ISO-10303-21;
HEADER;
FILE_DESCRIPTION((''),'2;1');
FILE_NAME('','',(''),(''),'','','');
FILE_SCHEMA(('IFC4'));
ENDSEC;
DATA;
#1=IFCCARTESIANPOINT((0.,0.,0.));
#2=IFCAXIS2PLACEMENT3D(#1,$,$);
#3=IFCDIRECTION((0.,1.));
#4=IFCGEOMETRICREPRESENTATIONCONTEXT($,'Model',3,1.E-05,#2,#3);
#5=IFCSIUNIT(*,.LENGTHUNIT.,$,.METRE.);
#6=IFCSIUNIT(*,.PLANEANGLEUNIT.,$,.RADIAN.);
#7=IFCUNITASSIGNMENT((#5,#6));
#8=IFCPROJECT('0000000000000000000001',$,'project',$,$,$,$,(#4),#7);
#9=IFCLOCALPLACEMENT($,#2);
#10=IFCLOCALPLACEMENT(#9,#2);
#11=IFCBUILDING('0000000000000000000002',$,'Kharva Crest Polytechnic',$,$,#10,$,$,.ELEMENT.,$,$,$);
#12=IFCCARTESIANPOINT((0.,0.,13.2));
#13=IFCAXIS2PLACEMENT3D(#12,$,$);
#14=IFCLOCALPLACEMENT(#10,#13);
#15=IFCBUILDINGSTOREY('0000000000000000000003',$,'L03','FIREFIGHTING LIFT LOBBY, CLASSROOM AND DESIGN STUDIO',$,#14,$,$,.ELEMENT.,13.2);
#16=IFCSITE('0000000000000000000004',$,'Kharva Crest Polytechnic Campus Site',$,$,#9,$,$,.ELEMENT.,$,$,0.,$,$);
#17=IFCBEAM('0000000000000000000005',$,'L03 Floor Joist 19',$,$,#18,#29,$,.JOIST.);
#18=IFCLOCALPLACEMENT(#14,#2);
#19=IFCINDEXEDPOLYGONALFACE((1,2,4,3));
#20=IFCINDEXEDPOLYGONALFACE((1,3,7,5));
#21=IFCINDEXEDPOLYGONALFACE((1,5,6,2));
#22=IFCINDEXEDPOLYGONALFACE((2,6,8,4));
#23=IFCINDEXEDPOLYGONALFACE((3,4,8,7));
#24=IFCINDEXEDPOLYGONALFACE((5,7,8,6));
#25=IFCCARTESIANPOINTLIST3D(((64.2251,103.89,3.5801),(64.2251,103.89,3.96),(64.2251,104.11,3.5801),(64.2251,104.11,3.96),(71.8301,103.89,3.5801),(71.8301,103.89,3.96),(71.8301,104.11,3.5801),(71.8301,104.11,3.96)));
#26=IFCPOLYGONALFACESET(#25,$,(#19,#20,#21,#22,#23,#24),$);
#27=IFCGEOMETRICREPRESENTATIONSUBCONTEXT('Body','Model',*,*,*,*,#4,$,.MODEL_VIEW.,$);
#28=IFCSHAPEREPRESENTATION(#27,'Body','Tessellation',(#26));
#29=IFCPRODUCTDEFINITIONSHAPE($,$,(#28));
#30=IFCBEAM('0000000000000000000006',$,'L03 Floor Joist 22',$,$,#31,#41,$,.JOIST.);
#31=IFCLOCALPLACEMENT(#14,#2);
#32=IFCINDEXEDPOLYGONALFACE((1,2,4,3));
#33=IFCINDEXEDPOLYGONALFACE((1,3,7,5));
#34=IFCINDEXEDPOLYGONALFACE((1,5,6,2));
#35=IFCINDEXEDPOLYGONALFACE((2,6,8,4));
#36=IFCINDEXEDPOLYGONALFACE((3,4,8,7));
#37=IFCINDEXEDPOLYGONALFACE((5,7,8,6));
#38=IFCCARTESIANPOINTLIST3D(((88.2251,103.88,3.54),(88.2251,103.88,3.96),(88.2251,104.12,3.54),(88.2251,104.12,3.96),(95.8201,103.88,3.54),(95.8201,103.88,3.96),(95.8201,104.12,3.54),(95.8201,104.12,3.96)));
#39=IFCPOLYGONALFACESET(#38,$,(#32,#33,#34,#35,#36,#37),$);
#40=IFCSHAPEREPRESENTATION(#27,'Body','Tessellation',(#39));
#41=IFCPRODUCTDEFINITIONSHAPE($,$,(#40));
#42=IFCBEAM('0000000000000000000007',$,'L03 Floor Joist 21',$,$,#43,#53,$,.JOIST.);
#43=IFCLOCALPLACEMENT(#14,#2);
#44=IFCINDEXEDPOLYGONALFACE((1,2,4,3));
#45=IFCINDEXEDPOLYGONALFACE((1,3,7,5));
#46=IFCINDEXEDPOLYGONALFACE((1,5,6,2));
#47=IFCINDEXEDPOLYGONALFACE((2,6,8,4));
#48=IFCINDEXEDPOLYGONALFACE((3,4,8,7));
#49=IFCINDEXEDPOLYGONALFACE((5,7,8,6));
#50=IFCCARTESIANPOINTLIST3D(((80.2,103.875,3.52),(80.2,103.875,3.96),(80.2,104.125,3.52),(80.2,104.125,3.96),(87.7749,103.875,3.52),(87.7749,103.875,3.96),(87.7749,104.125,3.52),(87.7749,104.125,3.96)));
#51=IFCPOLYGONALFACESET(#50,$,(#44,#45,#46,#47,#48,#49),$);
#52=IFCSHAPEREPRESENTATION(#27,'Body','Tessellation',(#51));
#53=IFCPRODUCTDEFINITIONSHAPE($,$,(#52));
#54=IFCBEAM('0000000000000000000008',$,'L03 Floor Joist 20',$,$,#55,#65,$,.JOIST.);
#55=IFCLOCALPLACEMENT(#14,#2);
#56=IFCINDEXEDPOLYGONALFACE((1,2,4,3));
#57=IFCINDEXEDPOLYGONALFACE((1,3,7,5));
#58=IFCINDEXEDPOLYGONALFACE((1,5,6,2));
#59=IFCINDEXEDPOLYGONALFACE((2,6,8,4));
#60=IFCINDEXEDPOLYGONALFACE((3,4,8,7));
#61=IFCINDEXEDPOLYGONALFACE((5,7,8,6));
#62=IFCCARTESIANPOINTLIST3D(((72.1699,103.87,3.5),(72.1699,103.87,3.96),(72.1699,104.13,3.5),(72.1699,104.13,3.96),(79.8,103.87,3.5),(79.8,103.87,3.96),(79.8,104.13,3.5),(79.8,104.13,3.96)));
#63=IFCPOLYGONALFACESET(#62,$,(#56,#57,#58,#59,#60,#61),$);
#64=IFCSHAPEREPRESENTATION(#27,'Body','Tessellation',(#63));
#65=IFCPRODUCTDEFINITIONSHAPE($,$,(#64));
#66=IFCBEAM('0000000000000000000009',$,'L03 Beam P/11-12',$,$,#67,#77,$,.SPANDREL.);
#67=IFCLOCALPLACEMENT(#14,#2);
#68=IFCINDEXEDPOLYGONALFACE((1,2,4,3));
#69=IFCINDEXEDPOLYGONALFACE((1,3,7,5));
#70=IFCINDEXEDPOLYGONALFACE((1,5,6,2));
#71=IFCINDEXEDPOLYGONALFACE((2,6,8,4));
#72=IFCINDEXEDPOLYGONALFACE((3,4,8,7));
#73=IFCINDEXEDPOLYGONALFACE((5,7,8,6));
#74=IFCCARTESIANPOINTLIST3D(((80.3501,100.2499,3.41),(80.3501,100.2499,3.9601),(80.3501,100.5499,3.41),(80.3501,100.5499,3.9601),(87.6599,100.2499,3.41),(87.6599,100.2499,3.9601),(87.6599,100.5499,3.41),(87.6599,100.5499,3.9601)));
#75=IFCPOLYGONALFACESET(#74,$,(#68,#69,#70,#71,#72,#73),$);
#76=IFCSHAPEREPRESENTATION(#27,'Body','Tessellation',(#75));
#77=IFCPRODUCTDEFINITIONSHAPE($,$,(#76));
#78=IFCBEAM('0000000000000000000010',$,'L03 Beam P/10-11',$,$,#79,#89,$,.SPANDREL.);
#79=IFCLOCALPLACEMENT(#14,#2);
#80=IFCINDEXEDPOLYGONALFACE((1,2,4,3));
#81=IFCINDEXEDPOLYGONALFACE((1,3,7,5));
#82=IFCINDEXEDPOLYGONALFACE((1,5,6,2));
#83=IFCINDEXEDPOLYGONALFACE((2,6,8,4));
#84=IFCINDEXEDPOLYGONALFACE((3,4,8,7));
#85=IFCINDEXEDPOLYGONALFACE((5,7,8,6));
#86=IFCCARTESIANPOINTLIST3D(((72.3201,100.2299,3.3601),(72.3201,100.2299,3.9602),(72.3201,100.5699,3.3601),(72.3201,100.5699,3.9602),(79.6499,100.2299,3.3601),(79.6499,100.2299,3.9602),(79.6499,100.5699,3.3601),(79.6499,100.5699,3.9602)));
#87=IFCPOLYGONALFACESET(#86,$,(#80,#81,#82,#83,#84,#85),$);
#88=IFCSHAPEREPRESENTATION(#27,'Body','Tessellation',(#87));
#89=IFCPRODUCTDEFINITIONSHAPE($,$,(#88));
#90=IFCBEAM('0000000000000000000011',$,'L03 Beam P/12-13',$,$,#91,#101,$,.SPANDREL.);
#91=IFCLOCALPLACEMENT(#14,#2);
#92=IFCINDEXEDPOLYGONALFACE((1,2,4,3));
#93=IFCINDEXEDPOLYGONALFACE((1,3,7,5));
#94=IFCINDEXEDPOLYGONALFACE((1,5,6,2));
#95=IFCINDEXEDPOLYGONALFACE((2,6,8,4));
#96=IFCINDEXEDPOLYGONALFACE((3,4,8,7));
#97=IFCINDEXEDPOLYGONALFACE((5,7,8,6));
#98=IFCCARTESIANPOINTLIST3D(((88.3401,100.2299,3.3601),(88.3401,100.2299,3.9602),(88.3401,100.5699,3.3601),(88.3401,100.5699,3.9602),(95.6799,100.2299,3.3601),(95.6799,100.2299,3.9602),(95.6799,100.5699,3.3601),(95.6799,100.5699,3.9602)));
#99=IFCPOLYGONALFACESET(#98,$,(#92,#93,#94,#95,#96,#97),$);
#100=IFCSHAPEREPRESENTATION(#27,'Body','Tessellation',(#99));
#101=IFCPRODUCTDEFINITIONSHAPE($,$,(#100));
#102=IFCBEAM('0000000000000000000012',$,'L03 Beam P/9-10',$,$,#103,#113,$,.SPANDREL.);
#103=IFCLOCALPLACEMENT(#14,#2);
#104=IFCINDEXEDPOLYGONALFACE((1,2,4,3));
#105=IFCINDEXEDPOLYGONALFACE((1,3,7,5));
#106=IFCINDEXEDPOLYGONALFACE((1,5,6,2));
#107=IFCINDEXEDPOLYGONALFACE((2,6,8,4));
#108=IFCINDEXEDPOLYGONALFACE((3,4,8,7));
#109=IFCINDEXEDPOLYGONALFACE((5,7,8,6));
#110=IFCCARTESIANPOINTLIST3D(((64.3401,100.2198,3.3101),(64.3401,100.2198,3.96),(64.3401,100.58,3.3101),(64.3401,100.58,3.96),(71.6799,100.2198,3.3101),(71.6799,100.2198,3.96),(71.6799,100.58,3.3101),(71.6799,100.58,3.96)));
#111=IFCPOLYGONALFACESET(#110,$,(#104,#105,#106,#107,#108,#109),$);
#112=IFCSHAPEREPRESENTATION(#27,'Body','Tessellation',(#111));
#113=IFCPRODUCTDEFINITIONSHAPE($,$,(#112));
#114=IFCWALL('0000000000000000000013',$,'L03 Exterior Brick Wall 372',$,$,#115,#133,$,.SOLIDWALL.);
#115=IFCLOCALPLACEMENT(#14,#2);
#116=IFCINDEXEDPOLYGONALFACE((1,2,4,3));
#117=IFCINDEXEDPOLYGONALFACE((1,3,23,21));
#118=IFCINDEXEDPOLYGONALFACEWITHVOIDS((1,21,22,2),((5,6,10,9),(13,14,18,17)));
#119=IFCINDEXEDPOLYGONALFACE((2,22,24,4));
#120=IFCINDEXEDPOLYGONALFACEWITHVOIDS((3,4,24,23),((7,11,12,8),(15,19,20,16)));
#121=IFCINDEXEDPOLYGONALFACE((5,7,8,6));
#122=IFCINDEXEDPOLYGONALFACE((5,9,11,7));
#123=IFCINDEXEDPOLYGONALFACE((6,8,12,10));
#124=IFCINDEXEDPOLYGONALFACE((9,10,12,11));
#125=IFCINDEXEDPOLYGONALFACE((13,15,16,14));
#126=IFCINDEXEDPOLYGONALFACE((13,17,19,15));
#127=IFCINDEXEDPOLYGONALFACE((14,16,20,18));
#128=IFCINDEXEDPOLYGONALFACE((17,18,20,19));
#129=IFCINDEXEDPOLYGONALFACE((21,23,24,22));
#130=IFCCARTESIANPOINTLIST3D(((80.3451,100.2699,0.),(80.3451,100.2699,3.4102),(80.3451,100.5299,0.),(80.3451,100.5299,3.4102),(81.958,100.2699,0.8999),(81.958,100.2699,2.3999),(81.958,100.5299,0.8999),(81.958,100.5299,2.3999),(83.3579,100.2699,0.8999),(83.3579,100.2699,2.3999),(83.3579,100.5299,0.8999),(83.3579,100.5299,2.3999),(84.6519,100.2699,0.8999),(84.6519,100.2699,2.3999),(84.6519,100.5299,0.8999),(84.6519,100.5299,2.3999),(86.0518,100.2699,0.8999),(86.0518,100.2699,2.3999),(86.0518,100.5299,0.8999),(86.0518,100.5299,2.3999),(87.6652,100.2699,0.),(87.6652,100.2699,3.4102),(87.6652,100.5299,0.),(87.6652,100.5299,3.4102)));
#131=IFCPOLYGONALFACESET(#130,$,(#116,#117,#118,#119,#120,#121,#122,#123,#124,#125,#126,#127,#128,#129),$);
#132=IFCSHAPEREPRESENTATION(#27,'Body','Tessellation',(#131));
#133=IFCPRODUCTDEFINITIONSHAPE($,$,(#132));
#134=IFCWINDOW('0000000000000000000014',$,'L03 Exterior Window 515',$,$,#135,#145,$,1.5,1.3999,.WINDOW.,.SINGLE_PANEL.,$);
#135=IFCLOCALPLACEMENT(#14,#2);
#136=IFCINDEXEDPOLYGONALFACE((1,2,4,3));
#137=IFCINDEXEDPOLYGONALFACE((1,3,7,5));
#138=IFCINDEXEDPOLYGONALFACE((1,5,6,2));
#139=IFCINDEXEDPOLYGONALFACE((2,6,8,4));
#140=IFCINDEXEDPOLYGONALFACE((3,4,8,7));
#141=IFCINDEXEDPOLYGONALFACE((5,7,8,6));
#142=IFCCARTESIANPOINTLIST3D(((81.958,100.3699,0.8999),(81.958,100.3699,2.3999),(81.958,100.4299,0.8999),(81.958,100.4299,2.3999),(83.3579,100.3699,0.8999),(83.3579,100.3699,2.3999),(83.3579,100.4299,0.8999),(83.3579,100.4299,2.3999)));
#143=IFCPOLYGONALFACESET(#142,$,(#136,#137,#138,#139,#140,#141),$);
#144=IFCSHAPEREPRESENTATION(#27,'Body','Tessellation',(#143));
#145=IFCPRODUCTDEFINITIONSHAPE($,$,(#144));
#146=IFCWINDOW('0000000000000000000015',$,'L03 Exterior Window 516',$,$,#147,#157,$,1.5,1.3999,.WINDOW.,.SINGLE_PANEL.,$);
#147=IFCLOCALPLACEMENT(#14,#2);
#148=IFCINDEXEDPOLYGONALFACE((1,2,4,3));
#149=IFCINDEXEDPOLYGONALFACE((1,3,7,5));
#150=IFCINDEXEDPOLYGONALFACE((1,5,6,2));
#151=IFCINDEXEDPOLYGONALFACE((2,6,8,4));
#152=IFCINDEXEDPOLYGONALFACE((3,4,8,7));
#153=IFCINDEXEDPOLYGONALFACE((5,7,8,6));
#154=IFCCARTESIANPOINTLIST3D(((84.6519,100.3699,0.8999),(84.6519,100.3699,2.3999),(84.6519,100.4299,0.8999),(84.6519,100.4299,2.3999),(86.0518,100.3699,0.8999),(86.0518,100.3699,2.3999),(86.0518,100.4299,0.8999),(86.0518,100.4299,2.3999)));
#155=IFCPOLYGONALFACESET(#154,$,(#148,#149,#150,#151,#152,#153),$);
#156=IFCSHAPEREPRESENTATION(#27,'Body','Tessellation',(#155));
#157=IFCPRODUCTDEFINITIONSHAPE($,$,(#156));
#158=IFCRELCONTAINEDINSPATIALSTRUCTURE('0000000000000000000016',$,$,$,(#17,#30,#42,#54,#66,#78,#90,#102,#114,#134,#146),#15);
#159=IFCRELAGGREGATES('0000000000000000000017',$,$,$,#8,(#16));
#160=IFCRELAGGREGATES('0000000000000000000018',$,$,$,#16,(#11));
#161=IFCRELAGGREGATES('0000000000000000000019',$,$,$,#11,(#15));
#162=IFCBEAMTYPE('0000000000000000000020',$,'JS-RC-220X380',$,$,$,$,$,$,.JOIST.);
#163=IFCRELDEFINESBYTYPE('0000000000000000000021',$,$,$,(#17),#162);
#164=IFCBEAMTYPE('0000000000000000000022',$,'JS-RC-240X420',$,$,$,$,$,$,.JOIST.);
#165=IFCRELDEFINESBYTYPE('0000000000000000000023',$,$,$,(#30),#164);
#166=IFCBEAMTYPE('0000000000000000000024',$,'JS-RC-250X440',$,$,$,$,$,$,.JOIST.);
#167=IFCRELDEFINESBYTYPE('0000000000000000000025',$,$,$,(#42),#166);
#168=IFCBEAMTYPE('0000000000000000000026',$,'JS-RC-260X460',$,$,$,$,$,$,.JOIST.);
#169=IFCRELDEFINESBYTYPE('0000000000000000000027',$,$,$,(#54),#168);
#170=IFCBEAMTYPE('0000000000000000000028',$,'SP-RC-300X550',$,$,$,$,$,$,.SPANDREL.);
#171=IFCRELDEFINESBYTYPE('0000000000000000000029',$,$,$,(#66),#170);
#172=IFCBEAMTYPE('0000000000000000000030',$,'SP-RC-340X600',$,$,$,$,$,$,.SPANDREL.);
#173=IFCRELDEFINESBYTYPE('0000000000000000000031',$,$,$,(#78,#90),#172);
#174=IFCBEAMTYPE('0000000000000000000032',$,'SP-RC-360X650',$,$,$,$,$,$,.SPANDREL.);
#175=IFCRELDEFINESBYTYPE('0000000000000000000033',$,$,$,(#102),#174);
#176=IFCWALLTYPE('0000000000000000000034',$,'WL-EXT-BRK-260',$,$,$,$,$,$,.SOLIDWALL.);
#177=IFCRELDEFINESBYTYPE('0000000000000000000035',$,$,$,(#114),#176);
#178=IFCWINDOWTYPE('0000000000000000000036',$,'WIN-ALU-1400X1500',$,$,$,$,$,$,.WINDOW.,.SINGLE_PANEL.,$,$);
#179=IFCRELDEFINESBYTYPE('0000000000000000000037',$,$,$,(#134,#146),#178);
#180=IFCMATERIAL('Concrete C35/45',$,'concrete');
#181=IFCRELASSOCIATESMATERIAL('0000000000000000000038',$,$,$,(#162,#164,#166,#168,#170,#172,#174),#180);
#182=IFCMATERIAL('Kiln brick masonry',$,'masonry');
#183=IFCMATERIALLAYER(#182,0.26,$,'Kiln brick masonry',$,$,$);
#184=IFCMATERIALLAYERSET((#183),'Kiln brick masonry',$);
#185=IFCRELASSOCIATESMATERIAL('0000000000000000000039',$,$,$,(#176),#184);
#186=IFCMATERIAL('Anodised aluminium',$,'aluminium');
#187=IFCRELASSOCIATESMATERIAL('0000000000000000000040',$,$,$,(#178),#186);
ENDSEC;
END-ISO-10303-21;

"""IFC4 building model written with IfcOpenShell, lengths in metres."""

from ifc_helpers import new_model, si_unit, direction, frame, frame_2d, origin, origin_2d, place, context, subcontext, project, spatial, rectangle, extrude, material, layer, layer_set, material_profile, profile_set, type_object, element, fill, save


model = new_model("IFC4")

# Units and contexts
model_context = context("Model", 3, precision=1e-05, world=origin(), true_north=direction((0.0, 1.0)))
body_context = subcontext(model_context, "Body", "Model", "MODEL_VIEW")
ifc_project = project(units=[si_unit("LENGTHUNIT", "METRE"), si_unit("PLANEANGLEUNIT", "RADIAN")], contexts=[model_context])

# Site, building, storey
site_placement = place(None, origin())
site = spatial("IfcSite", under=ifc_project, at=site_placement, Name="Kharva Crest Polytechnic Campus Site", CompositionType="ELEMENT", RefElevation=0.0)
building_placement = place(site_placement, origin())
building = spatial("IfcBuilding", under=site, at=building_placement, Name="Kharva Crest Polytechnic", CompositionType="ELEMENT")
storey_placement = place(building_placement, frame((0.0, 0.0, 13.2)))
storey = spatial("IfcBuildingStorey", under=building, at=storey_placement, Name="L03", Description="FIREFIGHTING LIFT LOBBY, CLASSROOM AND DESIGN STUDIO", CompositionType="ELEMENT", Elevation=13.2)

# Beams
ifc_material_1 = material(Name="Concrete C35/45", Category="concrete")
ifc_material_profile_1 = material_profile(ifc_material_1, rectangle(XDim=0.22, YDim=0.3799, at=origin_2d()), Name="RECT 220 X 380")
ifc_profile_set_1 = profile_set([ifc_material_profile_1], Name="Concrete C35/45")
beam_type_1 = type_object("IfcBeamType", Name="JS-RC-220X380", PredefinedType="JOIST", material=ifc_profile_set_1)
beam_1_placement = place(storey_placement, frame((64.2251, 104.0, 3.77), z_axis=(1.0, 0.0, 0.0), x_axis=(0.0, 1.0, 0.0)))
element("IfcBeam", 1, at=beam_1_placement, inside=storey, type_object=beam_type_1, Name="L03 Floor Joist 19", PredefinedType="JOIST", context=body_context, shape_type="SweptSolid", body=[
    extrude(rectangle(XDim=0.22, YDim=0.3799, at=origin_2d()), origin(), (0.0, 0.0, 1.0), 7.605),
])
ifc_material_profile_2 = material_profile(ifc_material_1, rectangle(XDim=0.24, YDim=0.4199, at=origin_2d()), Name="RECT 240 X 420")
ifc_profile_set_2 = profile_set([ifc_material_profile_2], Name="Concrete C35/45")
beam_type_2 = type_object("IfcBeamType", Name="JS-RC-240X420", PredefinedType="JOIST", material=ifc_profile_set_2)
beam_2_placement = place(storey_placement, frame((88.2251, 104.0, 3.75), z_axis=(1.0, 0.0, 0.0), x_axis=(0.0, 1.0, 0.0)))
element("IfcBeam", 2, at=beam_2_placement, inside=storey, type_object=beam_type_2, Name="L03 Floor Joist 22", PredefinedType="JOIST", context=body_context, shape_type="SweptSolid", body=[
    extrude(rectangle(XDim=0.24, YDim=0.4199, at=origin_2d()), origin(), (0.0, 0.0, 1.0), 7.595),
])
ifc_material_profile_3 = material_profile(ifc_material_1, rectangle(XDim=0.25, YDim=0.4399, at=origin_2d()), Name="RECT 250 X 440")
ifc_profile_set_3 = profile_set([ifc_material_profile_3], Name="Concrete C35/45")
beam_type_3 = type_object("IfcBeamType", Name="JS-RC-250X440", PredefinedType="JOIST", material=ifc_profile_set_3)
beam_3_placement = place(storey_placement, frame((80.2, 104.0, 3.74), z_axis=(1.0, 0.0, 0.0), x_axis=(0.0, 1.0, 0.0)))
element("IfcBeam", 3, at=beam_3_placement, inside=storey, type_object=beam_type_3, Name="L03 Floor Joist 21", PredefinedType="JOIST", context=body_context, shape_type="SweptSolid", body=[
    extrude(rectangle(XDim=0.25, YDim=0.4399, at=origin_2d()), origin(), (0.0, 0.0, 1.0), 7.575),
])
ifc_material_profile_4 = material_profile(ifc_material_1, rectangle(XDim=0.26, YDim=0.46, at=origin_2d()), Name="RECT 260 X 460")
ifc_profile_set_4 = profile_set([ifc_material_profile_4], Name="Concrete C35/45")
beam_type_4 = type_object("IfcBeamType", Name="JS-RC-260X460", PredefinedType="JOIST", material=ifc_profile_set_4)
beam_4_placement = place(storey_placement, frame((72.1699, 104.0, 3.73), z_axis=(1.0, 0.0, 0.0), x_axis=(0.0, 1.0, 0.0)))
element("IfcBeam", 4, at=beam_4_placement, inside=storey, type_object=beam_type_4, Name="L03 Floor Joist 20", PredefinedType="JOIST", context=body_context, shape_type="SweptSolid", body=[
    extrude(rectangle(XDim=0.26, YDim=0.46, at=origin_2d()), origin(), (0.0, 0.0, 1.0), 7.6301),
])
ifc_material_profile_5 = material_profile(ifc_material_1, rectangle(XDim=0.3, YDim=0.55, at=origin_2d()), Name="RECT 300 X 550")
ifc_profile_set_5 = profile_set([ifc_material_profile_5], Name="Concrete C35/45")
beam_type_5 = type_object("IfcBeamType", Name="SP-RC-300X550", PredefinedType="SPANDREL", material=ifc_profile_set_5)
beam_5_placement = place(storey_placement, frame((80.3501, 100.3999, 3.6851), z_axis=(1.0, 0.0, 0.0), x_axis=(0.0, 1.0, 0.0)))
element("IfcBeam", 5, at=beam_5_placement, inside=storey, type_object=beam_type_5, Name="L03 Beam P/11-12", PredefinedType="SPANDREL", context=body_context, shape_type="SweptSolid", body=[
    extrude(rectangle(XDim=0.3, YDim=0.55, at=origin_2d()), origin(), (0.0, 0.0, 1.0), 7.3098),
])
ifc_material_profile_6 = material_profile(ifc_material_1, rectangle(XDim=0.3401, YDim=0.6001, at=origin_2d()), Name="RECT 340 X 600")
ifc_profile_set_6 = profile_set([ifc_material_profile_6], Name="Concrete C35/45")
beam_type_6 = type_object("IfcBeamType", Name="SP-RC-340X600", PredefinedType="SPANDREL", material=ifc_profile_set_6)
beam_6_placement = place(storey_placement, frame((72.3201, 100.3999, 3.6602), z_axis=(1.0, 0.0, 0.0), x_axis=(0.0, 1.0, 0.0)))
element("IfcBeam", 6, at=beam_6_placement, inside=storey, type_object=beam_type_6, Name="L03 Beam P/10-11", PredefinedType="SPANDREL", context=body_context, shape_type="SweptSolid", body=[
    extrude(rectangle(XDim=0.3401, YDim=0.6001, at=origin_2d()), origin(), (0.0, 0.0, 1.0), 7.3298),
])
beam_7_placement = place(storey_placement, frame((88.3401, 100.3999, 3.6602), z_axis=(1.0, 0.0, 0.0), x_axis=(0.0, 1.0, 0.0)))
element("IfcBeam", 7, at=beam_7_placement, inside=storey, type_object=beam_type_6, Name="L03 Beam P/12-13", PredefinedType="SPANDREL", context=body_context, shape_type="SweptSolid", body=[
    extrude(rectangle(XDim=0.3401, YDim=0.6001, at=origin_2d()), origin(), (0.0, 0.0, 1.0), 7.3398),
])
ifc_material_profile_7 = material_profile(ifc_material_1, rectangle(XDim=0.3601, YDim=0.6499, at=origin_2d()), Name="RECT 360 X 650")
ifc_profile_set_7 = profile_set([ifc_material_profile_7], Name="Concrete C35/45")
beam_type_7 = type_object("IfcBeamType", Name="SP-RC-360X650", PredefinedType="SPANDREL", material=ifc_profile_set_7)
beam_8_placement = place(storey_placement, frame((64.3401, 100.3999, 3.635), z_axis=(1.0, 0.0, 0.0), x_axis=(0.0, 1.0, 0.0)))
element("IfcBeam", 8, at=beam_8_placement, inside=storey, type_object=beam_type_7, Name="L03 Beam P/9-10", PredefinedType="SPANDREL", context=body_context, shape_type="SweptSolid", body=[
    extrude(rectangle(XDim=0.3601, YDim=0.6499, at=origin_2d()), origin(), (0.0, 0.0, 1.0), 7.3398),
])

# Wall, openings, windows
ifc_material_2 = material(Name="Kiln brick masonry", Category="masonry")
ifc_layer_1 = layer(ifc_material_2, 0.26, Name="Kiln brick masonry")
ifc_layer_set_1 = layer_set([ifc_layer_1], Name="Kiln brick masonry")
wall_type_1 = type_object("IfcWallType", Name="WL-EXT-BRK-260", PredefinedType="SOLIDWALL", material=ifc_layer_set_1)
wall_1_placement = place(storey_placement, frame((80.345, 100.3999, 0.0), z_axis=(0.0, 0.0, 1.0), x_axis=(1.0, 0.0, 0.0)))
wall_1 = element("IfcWall", 9, at=wall_1_placement, inside=storey, type_object=wall_type_1, Name="L03 Exterior Brick Wall 372", PredefinedType="SOLIDWALL", context=body_context, shape_type="SweptSolid", body=[
    extrude(rectangle(XDim=7.3201, YDim=0.26, at=frame_2d((3.6602, 0.0))), origin(), (0.0, 0.0, 1.0), 3.4102),
])
opening_1_placement = place(wall_1_placement, frame((1.613, 0.0, 0.8999)))
opening_1 = element("IfcOpeningElement", 10, at=opening_1_placement, cuts=wall_1, PredefinedType="OPENING", context=body_context, shape_type="SweptSolid", body=[
    extrude(rectangle(XDim=1.3999, YDim=1.5, at=frame_2d((0.7, 0.75))), frame((0.0, 0.1399, 0.0), z_axis=(0.0, -1.0, 0.0), x_axis=(1.0, 0.0, 0.0)), (0.0, 0.0, 1.0), 0.28),
])
opening_2_placement = place(wall_1_placement, frame((4.3069, 0.0, 0.8999)))
opening_2 = element("IfcOpeningElement", 11, at=opening_2_placement, cuts=wall_1, PredefinedType="OPENING", context=body_context, shape_type="SweptSolid", body=[
    extrude(rectangle(XDim=1.3999, YDim=1.5, at=frame_2d((0.7, 0.75))), frame((0.0, 0.1399, 0.0), z_axis=(0.0, -1.0, 0.0), x_axis=(1.0, 0.0, 0.0)), (0.0, 0.0, 1.0), 0.28),
])
ifc_material_3 = material(Name="Anodised aluminium", Category="aluminium")
window_type_1 = type_object("IfcWindowType", Name="WIN-ALU-1400X1500", PartitioningType="SINGLE_PANEL", PredefinedType="WINDOW", material=ifc_material_3)
window_1_placement = place(opening_1_placement, origin())
window_1 = element("IfcWindow", 12, at=window_1_placement, inside=storey, type_object=window_type_1, Name="L03 Exterior Window 515", OverallHeight=1.5, OverallWidth=1.3999, PartitioningType="SINGLE_PANEL", PredefinedType="WINDOW", context=body_context, shape_type="SweptSolid", body=[
    extrude(rectangle(XDim=1.3999, YDim=1.5, at=frame_2d((0.7, 0.75))), frame((0.0, 0.03, 0.0), z_axis=(0.0, -1.0, 0.0), x_axis=(1.0, 0.0, 0.0)), (0.0, 0.0, 1.0), 0.0601),
])
fill(opening_1, window_1)
window_2_placement = place(opening_2_placement, origin())
window_2 = element("IfcWindow", 13, at=window_2_placement, inside=storey, type_object=window_type_1, Name="L03 Exterior Window 516", OverallHeight=1.5, OverallWidth=1.3999, PartitioningType="SINGLE_PANEL", PredefinedType="WINDOW", context=body_context, shape_type="SweptSolid", body=[
    extrude(rectangle(XDim=1.3999, YDim=1.5, at=frame_2d((0.7, 0.75))), frame((0.0, 0.03, 0.0), z_axis=(0.0, -1.0, 0.0), x_axis=(1.0, 0.0, 0.0)), (0.0, 0.0, 1.0), 0.0601),
])
fill(opening_2, window_2)

save(model, "model.ifc")
